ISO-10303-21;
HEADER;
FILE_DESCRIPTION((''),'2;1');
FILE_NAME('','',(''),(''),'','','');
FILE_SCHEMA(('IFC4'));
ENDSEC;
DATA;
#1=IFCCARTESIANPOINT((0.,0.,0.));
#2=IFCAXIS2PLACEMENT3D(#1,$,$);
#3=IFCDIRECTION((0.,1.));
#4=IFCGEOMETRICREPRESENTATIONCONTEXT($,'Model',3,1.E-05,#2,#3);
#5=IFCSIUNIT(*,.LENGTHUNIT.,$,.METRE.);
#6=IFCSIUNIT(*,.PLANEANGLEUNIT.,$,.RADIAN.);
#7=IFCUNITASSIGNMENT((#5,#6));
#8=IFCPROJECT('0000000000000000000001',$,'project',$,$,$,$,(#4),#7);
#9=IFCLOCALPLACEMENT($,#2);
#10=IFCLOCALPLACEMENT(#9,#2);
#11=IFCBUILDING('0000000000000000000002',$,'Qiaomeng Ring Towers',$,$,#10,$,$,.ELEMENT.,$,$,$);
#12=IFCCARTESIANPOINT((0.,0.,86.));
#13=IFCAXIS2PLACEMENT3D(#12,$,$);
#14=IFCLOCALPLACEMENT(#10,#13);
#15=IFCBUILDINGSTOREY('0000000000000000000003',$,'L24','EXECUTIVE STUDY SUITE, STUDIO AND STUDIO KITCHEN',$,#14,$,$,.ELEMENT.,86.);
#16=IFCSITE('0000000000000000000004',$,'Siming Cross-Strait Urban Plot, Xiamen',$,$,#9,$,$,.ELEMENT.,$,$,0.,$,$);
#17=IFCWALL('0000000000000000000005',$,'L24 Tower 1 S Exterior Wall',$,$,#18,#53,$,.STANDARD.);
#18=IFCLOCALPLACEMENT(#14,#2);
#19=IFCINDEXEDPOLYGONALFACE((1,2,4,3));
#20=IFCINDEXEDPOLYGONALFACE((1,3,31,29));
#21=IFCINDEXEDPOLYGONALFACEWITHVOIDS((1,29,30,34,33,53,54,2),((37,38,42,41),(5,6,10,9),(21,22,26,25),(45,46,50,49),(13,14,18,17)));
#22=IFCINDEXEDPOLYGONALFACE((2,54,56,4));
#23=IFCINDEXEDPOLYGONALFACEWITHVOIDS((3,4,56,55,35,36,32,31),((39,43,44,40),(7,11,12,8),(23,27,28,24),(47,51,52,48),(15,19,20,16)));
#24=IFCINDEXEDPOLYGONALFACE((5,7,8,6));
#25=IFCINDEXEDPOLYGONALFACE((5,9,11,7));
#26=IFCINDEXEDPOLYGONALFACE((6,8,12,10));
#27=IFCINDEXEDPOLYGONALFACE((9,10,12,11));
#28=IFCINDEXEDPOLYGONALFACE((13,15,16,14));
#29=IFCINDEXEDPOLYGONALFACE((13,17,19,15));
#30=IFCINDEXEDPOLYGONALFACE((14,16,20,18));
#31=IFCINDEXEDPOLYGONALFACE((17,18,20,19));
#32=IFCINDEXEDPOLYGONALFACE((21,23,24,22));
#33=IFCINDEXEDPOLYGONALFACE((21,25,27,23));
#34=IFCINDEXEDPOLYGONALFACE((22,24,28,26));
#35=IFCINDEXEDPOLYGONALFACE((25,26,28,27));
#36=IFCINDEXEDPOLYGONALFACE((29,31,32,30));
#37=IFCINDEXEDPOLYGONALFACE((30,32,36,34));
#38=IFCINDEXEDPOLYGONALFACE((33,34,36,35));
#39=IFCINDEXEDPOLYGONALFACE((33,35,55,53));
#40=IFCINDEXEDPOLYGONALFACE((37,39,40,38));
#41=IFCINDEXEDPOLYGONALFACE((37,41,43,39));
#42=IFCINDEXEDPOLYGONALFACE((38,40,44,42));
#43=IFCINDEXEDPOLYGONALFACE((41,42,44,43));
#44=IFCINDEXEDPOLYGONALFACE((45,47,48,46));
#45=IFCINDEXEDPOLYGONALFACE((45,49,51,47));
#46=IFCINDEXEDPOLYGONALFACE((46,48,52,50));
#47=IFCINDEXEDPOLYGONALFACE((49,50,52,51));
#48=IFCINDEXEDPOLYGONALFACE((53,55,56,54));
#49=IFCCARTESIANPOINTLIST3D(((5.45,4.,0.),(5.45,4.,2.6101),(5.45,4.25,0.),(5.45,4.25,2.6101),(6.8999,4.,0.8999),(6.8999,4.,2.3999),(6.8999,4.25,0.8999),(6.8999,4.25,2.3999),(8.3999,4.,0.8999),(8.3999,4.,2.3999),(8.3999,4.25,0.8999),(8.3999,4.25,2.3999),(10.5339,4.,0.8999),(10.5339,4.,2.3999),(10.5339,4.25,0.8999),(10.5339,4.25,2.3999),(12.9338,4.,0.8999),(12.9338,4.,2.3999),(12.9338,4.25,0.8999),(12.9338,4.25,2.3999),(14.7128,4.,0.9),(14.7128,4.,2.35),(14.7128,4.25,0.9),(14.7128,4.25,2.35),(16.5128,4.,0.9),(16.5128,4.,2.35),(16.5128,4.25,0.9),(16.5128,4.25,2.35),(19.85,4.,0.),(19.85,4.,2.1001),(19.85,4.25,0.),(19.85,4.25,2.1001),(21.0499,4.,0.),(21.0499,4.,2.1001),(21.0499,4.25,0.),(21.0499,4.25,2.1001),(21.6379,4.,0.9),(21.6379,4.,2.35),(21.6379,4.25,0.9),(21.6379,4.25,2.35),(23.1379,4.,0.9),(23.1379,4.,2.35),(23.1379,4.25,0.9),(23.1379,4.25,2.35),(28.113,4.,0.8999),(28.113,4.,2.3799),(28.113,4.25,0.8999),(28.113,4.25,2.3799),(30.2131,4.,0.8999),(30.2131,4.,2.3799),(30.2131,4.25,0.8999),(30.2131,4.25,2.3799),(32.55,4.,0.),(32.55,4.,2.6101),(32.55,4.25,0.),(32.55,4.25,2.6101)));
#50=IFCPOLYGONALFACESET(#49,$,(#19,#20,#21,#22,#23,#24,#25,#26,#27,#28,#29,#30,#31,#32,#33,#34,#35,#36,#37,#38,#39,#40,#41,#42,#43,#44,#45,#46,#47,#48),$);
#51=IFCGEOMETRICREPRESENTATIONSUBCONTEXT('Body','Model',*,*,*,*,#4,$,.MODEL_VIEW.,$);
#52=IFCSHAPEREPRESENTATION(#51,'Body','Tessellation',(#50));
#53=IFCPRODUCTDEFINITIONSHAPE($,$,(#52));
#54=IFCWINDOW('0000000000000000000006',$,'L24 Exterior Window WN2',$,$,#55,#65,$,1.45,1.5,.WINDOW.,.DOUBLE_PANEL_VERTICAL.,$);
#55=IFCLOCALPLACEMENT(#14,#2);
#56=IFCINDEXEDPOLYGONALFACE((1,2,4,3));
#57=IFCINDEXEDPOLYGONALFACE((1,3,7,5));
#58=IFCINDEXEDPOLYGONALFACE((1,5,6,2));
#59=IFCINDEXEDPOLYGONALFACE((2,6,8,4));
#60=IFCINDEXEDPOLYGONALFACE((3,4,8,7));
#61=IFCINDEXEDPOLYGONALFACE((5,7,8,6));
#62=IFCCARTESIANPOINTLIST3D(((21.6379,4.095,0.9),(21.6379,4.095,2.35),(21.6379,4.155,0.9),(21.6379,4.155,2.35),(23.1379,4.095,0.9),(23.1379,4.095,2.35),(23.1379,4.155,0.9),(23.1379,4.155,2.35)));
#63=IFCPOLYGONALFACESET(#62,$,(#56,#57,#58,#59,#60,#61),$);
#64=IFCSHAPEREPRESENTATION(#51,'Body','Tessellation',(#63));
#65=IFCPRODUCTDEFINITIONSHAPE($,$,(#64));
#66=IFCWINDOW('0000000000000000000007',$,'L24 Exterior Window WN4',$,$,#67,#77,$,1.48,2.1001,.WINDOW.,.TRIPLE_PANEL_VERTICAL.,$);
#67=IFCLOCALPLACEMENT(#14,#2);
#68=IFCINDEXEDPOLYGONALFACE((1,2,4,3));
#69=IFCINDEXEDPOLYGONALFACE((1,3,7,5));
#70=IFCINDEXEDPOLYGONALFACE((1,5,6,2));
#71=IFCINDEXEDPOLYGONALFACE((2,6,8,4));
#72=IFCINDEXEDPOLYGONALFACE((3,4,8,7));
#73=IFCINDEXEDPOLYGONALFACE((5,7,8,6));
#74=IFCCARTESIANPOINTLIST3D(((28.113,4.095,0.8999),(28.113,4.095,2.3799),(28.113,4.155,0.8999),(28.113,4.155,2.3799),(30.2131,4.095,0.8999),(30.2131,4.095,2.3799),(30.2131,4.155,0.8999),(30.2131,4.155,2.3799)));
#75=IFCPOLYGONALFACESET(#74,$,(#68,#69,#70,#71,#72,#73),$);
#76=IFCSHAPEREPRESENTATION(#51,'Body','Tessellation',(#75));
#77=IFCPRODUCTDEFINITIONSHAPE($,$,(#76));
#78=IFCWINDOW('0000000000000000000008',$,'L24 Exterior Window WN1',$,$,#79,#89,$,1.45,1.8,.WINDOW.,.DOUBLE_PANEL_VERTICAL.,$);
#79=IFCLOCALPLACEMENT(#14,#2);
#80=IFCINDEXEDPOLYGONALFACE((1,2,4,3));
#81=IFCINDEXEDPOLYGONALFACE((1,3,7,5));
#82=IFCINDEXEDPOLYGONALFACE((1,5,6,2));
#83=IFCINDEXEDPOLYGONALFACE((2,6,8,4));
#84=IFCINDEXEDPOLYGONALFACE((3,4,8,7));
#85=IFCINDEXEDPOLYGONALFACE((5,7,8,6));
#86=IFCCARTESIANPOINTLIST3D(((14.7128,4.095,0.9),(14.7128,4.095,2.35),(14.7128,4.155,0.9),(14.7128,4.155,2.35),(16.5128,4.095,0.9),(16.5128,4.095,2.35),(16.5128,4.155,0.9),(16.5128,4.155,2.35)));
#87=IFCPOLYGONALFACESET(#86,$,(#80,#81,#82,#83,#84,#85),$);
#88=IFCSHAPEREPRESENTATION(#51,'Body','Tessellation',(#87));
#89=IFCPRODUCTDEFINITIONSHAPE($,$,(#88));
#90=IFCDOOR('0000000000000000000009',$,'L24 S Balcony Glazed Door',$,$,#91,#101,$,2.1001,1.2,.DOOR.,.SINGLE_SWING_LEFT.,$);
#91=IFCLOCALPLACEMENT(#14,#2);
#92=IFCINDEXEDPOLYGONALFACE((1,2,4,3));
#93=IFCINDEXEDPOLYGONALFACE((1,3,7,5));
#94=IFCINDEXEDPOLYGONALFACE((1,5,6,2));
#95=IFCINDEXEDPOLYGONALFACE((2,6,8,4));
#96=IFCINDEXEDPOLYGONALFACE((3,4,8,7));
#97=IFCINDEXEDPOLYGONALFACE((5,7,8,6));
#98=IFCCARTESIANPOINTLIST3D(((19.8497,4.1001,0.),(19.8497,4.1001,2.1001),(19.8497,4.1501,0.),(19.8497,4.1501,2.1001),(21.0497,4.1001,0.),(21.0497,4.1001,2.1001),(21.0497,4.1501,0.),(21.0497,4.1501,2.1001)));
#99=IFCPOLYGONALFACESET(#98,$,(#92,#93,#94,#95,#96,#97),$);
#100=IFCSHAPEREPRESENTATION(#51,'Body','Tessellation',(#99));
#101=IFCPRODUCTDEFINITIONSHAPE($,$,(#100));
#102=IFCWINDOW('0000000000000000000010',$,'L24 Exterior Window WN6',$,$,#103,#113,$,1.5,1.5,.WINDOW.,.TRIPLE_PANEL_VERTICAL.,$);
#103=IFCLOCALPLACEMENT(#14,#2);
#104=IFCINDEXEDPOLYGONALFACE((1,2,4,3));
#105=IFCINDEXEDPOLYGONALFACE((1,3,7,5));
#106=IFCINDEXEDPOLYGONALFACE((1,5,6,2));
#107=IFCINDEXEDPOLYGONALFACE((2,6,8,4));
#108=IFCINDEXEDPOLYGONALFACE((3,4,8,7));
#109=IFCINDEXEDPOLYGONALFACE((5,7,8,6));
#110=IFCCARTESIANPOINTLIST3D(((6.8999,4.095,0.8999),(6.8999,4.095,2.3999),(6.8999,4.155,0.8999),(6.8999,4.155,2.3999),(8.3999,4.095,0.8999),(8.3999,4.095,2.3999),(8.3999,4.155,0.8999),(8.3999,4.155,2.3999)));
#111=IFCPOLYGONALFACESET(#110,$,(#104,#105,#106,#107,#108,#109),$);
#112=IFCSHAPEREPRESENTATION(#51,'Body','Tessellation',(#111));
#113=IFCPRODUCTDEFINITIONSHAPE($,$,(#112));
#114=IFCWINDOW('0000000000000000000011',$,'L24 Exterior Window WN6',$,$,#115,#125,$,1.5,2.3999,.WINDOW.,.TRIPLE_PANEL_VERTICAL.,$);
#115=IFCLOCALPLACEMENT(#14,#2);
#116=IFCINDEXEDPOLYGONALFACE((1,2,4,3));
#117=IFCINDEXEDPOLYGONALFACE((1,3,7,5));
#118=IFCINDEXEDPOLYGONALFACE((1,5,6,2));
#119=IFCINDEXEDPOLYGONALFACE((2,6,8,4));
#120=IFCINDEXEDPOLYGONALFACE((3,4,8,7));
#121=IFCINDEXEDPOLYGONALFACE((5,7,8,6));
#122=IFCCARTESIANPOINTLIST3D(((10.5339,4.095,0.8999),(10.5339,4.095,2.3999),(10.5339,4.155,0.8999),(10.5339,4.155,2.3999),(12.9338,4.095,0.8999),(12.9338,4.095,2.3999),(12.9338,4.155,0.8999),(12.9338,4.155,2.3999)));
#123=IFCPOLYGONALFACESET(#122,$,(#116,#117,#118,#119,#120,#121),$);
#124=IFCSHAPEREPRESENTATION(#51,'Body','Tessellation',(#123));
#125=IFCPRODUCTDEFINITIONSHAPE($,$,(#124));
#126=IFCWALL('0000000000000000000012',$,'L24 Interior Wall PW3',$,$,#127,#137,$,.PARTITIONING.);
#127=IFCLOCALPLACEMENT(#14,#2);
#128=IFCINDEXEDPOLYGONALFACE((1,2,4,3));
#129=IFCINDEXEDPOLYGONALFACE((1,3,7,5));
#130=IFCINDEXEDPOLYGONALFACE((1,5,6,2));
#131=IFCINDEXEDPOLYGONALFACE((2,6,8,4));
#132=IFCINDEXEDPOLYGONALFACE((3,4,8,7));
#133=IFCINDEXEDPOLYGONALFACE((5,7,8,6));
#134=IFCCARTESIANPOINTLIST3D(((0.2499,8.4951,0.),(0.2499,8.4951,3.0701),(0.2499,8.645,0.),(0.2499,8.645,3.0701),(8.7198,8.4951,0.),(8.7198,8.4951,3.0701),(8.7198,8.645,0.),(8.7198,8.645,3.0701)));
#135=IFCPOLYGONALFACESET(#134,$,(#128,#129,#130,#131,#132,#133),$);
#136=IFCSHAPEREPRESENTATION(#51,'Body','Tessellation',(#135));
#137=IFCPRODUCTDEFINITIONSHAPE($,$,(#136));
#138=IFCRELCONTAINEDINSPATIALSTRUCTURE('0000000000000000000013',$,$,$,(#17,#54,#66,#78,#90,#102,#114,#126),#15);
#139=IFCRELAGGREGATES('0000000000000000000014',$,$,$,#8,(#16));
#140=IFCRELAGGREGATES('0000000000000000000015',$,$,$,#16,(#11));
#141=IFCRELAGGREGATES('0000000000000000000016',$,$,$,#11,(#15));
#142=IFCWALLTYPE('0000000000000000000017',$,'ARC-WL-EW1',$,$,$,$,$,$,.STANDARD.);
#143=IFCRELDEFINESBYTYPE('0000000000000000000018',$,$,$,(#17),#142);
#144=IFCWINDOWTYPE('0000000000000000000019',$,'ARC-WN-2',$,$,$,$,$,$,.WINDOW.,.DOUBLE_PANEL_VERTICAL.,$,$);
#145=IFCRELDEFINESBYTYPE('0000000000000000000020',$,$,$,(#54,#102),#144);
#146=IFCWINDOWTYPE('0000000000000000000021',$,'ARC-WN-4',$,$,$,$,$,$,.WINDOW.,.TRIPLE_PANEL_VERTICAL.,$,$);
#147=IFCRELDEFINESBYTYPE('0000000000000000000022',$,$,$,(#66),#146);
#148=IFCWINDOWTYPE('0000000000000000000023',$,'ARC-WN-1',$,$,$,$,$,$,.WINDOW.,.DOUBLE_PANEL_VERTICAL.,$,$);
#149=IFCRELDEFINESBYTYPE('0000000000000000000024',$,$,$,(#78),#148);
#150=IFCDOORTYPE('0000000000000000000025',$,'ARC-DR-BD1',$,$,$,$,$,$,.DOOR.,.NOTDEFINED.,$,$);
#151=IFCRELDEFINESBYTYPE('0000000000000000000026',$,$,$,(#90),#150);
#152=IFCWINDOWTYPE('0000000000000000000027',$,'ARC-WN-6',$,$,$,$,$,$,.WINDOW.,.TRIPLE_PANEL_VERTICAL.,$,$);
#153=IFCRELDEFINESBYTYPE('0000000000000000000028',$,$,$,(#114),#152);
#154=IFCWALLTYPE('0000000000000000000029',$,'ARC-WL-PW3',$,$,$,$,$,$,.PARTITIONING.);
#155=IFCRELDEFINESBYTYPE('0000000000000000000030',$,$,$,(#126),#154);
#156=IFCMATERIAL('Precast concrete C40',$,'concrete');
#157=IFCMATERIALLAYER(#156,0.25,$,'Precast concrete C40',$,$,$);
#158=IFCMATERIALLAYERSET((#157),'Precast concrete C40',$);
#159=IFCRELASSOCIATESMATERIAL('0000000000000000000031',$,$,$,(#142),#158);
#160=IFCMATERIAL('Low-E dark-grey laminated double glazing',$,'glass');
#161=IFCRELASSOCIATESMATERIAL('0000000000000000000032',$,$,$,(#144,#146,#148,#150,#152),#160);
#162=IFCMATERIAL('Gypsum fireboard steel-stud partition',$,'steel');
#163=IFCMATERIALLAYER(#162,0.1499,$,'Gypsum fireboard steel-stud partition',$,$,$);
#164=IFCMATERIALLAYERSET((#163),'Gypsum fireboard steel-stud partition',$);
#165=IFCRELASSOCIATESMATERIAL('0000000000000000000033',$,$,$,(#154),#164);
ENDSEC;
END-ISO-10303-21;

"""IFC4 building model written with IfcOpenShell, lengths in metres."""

from ifc_helpers import new_model, si_unit, direction, frame, frame_2d, origin, place, context, subcontext, project, spatial, rectangle, extrude, source, transform, mapped, material, layer, layer_set, type_object, element, fill, save


model = new_model("IFC4")

# Units and contexts
model_context = context("Model", 3, precision=1e-05, world=origin(), true_north=direction((0.0, 1.0)))
body_context = subcontext(model_context, "Body", "Model", "MODEL_VIEW")
ifc_project = project(units=[si_unit("LENGTHUNIT", "METRE"), si_unit("PLANEANGLEUNIT", "RADIAN")], contexts=[model_context])

# Site, building, storey
site_placement = place(None, origin())
site = spatial("IfcSite", under=ifc_project, at=site_placement, Name="Siming Cross-Strait Urban Plot, Xiamen", CompositionType="ELEMENT", RefElevation=0.0)
building_placement = place(site_placement, origin())
building = spatial("IfcBuilding", under=site, at=building_placement, Name="Qiaomeng Ring Towers", CompositionType="ELEMENT")
storey_placement = place(building_placement, frame((0.0, 0.0, 86.0)))
storey = spatial("IfcBuildingStorey", under=building, at=storey_placement, Name="L24", Description="EXECUTIVE STUDY SUITE, STUDIO AND STUDIO KITCHEN", CompositionType="ELEMENT", Elevation=86.0)

# Shared definitions
ifc_material_1 = material(Name="Low-E dark-grey laminated double glazing", Category="glass")

# Wall, openings, windows, door
ifc_material_2 = material(Name="Precast concrete C40", Category="concrete")
ifc_layer_1 = layer(ifc_material_2, 0.25, Name="Precast concrete C40")
ifc_layer_set_1 = layer_set([ifc_layer_1], Name="Precast concrete C40")
wall_type_1 = type_object("IfcWallType", Name="ARC-WL-EW1", PredefinedType="STANDARD", material=ifc_layer_set_1)
wall_1_placement = place(storey_placement, frame((5.45, 4.125, 0.0), z_axis=(0.0, 0.0, 1.0), x_axis=(1.0, 0.0, 0.0)))
wall_1 = element("IfcWall", 1, at=wall_1_placement, inside=storey, type_object=wall_type_1, Name="L24 Tower 1 S Exterior Wall", PredefinedType="STANDARD", context=body_context, shape_type="SweptSolid", body=[
    extrude(rectangle(XDim=27.1001, YDim=0.25, at=frame_2d((13.55, 0.0))), origin(), (0.0, 0.0, 1.0), 2.6101),
])
opening_1_placement = place(wall_1_placement, frame((14.3999, 0.0, 0.0)))
opening_1 = element("IfcOpeningElement", 2, at=opening_1_placement, cuts=wall_1, PredefinedType="OPENING", context=body_context, shape_type="SweptSolid", body=[
    extrude(rectangle(XDim=1.2, YDim=2.1001, at=frame_2d((0.6001, 1.05))), frame((0.0, 0.135, 0.0), z_axis=(0.0, -1.0, 0.0), x_axis=(1.0, 0.0, 0.0)), (0.0, 0.0, 1.0), 0.27),
])
opening_2_placement = place(wall_1_placement, frame((1.45, 0.0, 0.8999)))
opening_2 = element("IfcOpeningElement", 3, at=opening_2_placement, cuts=wall_1, PredefinedType="OPENING", context=body_context, shape_type="SweptSolid", body=[
    extrude(rectangle(XDim=1.5, YDim=1.5, at=frame_2d((0.75, 0.75))), frame((0.0, 0.135, 0.0), z_axis=(0.0, -1.0, 0.0), x_axis=(1.0, 0.0, 0.0)), (0.0, 0.0, 1.0), 0.27),
])
opening_3_placement = place(wall_1_placement, frame((9.2629, 0.0, 0.8999)))
opening_3 = element("IfcOpeningElement", 4, at=opening_3_placement, cuts=wall_1, PredefinedType="OPENING", context=body_context, shape_type="SweptSolid", body=[
    extrude(rectangle(XDim=1.8, YDim=1.45, at=frame_2d((0.8999, 0.7251))), frame((0.0, 0.135, 0.0), z_axis=(0.0, -1.0, 0.0), x_axis=(1.0, 0.0, 0.0)), (0.0, 0.0, 1.0), 0.27),
])
opening_4_placement = place(wall_1_placement, frame((16.188, 0.0, 0.8999)))
opening_4 = element("IfcOpeningElement", 5, at=opening_4_placement, cuts=wall_1, PredefinedType="OPENING", context=body_context, shape_type="SweptSolid", body=[
    extrude(rectangle(XDim=1.5, YDim=1.45, at=frame_2d((0.75, 0.7251))), frame((0.0, 0.135, 0.0), z_axis=(0.0, -1.0, 0.0), x_axis=(1.0, 0.0, 0.0)), (0.0, 0.0, 1.0), 0.27),
])
opening_5_placement = place(wall_1_placement, frame((22.6631, 0.0, 0.8999)))
opening_5 = element("IfcOpeningElement", 6, at=opening_5_placement, cuts=wall_1, PredefinedType="OPENING", context=body_context, shape_type="SweptSolid", body=[
    extrude(rectangle(XDim=2.1001, YDim=1.48, at=frame_2d((1.05, 0.74))), frame((0.0, 0.135, 0.0), z_axis=(0.0, -1.0, 0.0), x_axis=(1.0, 0.0, 0.0)), (0.0, 0.0, 1.0), 0.27),
])
opening_6_placement = place(wall_1_placement, frame((5.084, 0.0, 0.8999)))
opening_6 = element("IfcOpeningElement", 7, at=opening_6_placement, cuts=wall_1, PredefinedType="OPENING", context=body_context, shape_type="SweptSolid", body=[
    extrude(rectangle(XDim=2.3999, YDim=1.5, at=frame_2d((1.2, 0.75))), frame((0.0, 0.135, 0.0), z_axis=(0.0, -1.0, 0.0), x_axis=(1.0, 0.0, 0.0)), (0.0, 0.0, 1.0), 0.27),
])
window_type_1 = type_object("IfcWindowType", Name="ARC-WN-2", PartitioningType="DOUBLE_PANEL_VERTICAL", PredefinedType="WINDOW", material=ifc_material_1)
shared_shape_1 = source(origin(), body_context, "Body", "SweptSolid", [
    extrude(rectangle(XDim=1.5, YDim=1.45, at=frame_2d((0.75, 0.7251))), frame((0.0, 0.03, 0.0), z_axis=(0.0, -1.0, 0.0), x_axis=(1.0, 0.0, 0.0)), (0.0, 0.0, 1.0), 0.0601),
])
window_1_placement = place(opening_4_placement, origin())
window_1 = element("IfcWindow", 8, at=window_1_placement, inside=storey, type_object=window_type_1, Name="L24 Exterior Window WN2", OverallHeight=1.45, OverallWidth=1.5, PartitioningType="DOUBLE_PANEL_VERTICAL", PredefinedType="WINDOW", context=body_context, shape_type="MappedRepresentation", body=[
    mapped(shared_shape_1, transform((0.0, 0.0, 0.0), x_axis=(1.0, 0.0, 0.0), y_axis=(0.0, 1.0, 0.0), z_axis=(0.0, 0.0, 1.0), scale=1.0)),
])
fill(opening_4, window_1)
window_type_2 = type_object("IfcWindowType", Name="ARC-WN-4", PartitioningType="TRIPLE_PANEL_VERTICAL", PredefinedType="WINDOW", material=ifc_material_1)
shared_shape_2 = source(origin(), body_context, "Body", "SweptSolid", [
    extrude(rectangle(XDim=2.1001, YDim=1.48, at=frame_2d((1.05, 0.74))), frame((0.0, 0.03, 0.0), z_axis=(0.0, -1.0, 0.0), x_axis=(1.0, 0.0, 0.0)), (0.0, 0.0, 1.0), 0.0601),
])
window_2_placement = place(opening_5_placement, origin())
window_2 = element("IfcWindow", 9, at=window_2_placement, inside=storey, type_object=window_type_2, Name="L24 Exterior Window WN4", OverallHeight=1.48, OverallWidth=2.1001, PartitioningType="TRIPLE_PANEL_VERTICAL", PredefinedType="WINDOW", context=body_context, shape_type="MappedRepresentation", body=[
    mapped(shared_shape_2, transform((0.0, 0.0, 0.0), x_axis=(1.0, 0.0, 0.0), y_axis=(0.0, 1.0, 0.0), z_axis=(0.0, 0.0, 1.0), scale=1.0)),
])
fill(opening_5, window_2)
window_type_3 = type_object("IfcWindowType", Name="ARC-WN-1", PartitioningType="DOUBLE_PANEL_VERTICAL", PredefinedType="WINDOW", material=ifc_material_1)
shared_shape_3 = source(origin(), body_context, "Body", "SweptSolid", [
    extrude(rectangle(XDim=1.8, YDim=1.45, at=frame_2d((0.8999, 0.7251))), frame((0.0, 0.03, 0.0), z_axis=(0.0, -1.0, 0.0), x_axis=(1.0, 0.0, 0.0)), (0.0, 0.0, 1.0), 0.0601),
])
window_3_placement = place(opening_3_placement, origin())
window_3 = element("IfcWindow", 10, at=window_3_placement, inside=storey, type_object=window_type_3, Name="L24 Exterior Window WN1", OverallHeight=1.45, OverallWidth=1.8, PartitioningType="DOUBLE_PANEL_VERTICAL", PredefinedType="WINDOW", context=body_context, shape_type="MappedRepresentation", body=[
    mapped(shared_shape_3, transform((0.0, 0.0, 0.0), x_axis=(1.0, 0.0, 0.0), y_axis=(0.0, 1.0, 0.0), z_axis=(0.0, 0.0, 1.0), scale=1.0)),
])
fill(opening_3, window_3)
door_type = type_object("IfcDoorType", Name="ARC-DR-BD1", OperationType="NOTDEFINED", PredefinedType="DOOR", material=ifc_material_1)
shared_shape_4 = source(origin(), body_context, "Body", "SweptSolid", [
    extrude(rectangle(XDim=1.2, YDim=2.1001, at=frame_2d((0.6001, 1.05))), frame((0.0, 0.0249, 0.0), z_axis=(0.0, -1.0, 0.0), x_axis=(1.0, 0.0, 0.0)), (0.0, 0.0, 1.0), 0.05),
])
door_placement = place(opening_1_placement, frame((1.2, 0.0, 0.0), z_axis=(0.0, 0.0, 1.0), x_axis=(-1.0, 0.0, 0.0)))
door = element("IfcDoor", 11, at=door_placement, inside=storey, type_object=door_type, Name="L24 S Balcony Glazed Door", OperationType="SINGLE_SWING_LEFT", OverallHeight=2.1001, OverallWidth=1.2, PredefinedType="DOOR", context=body_context, shape_type="MappedRepresentation", body=[
    mapped(shared_shape_4, transform((0.0, 0.0, 0.0), x_axis=(1.0, 0.0, 0.0), y_axis=(0.0, 1.0, 0.0), z_axis=(0.0, 0.0, 1.0), scale=1.0)),
])
fill(opening_1, door)
shared_shape_5 = source(origin(), body_context, "Body", "SweptSolid", [
    extrude(rectangle(XDim=1.5, YDim=1.5, at=frame_2d((0.75, 0.75))), frame((0.0, 0.03, 0.0), z_axis=(0.0, -1.0, 0.0), x_axis=(1.0, 0.0, 0.0)), (0.0, 0.0, 1.0), 0.0601),
])
window_4_placement = place(opening_2_placement, origin())
window_4 = element("IfcWindow", 12, at=window_4_placement, inside=storey, type_object=window_type_1, Name="L24 Exterior Window WN6", OverallHeight=1.5, OverallWidth=1.5, PartitioningType="TRIPLE_PANEL_VERTICAL", PredefinedType="WINDOW", context=body_context, shape_type="MappedRepresentation", body=[
    mapped(shared_shape_5, transform((0.0, 0.0, 0.0), x_axis=(1.0, 0.0, 0.0), y_axis=(0.0, 1.0, 0.0), z_axis=(0.0, 0.0, 1.0), scale=1.0)),
])
fill(opening_2, window_4)
window_type_4 = type_object("IfcWindowType", Name="ARC-WN-6", PartitioningType="TRIPLE_PANEL_VERTICAL", PredefinedType="WINDOW", material=ifc_material_1)
shared_shape_6 = source(origin(), body_context, "Body", "SweptSolid", [
    extrude(rectangle(XDim=2.3999, YDim=1.5, at=frame_2d((1.2, 0.75))), frame((0.0, 0.03, 0.0), z_axis=(0.0, -1.0, 0.0), x_axis=(1.0, 0.0, 0.0)), (0.0, 0.0, 1.0), 0.0601),
])
window_5_placement = place(opening_6_placement, origin())
window_5 = element("IfcWindow", 13, at=window_5_placement, inside=storey, type_object=window_type_4, Name="L24 Exterior Window WN6", OverallHeight=1.5, OverallWidth=2.3999, PartitioningType="TRIPLE_PANEL_VERTICAL", PredefinedType="WINDOW", context=body_context, shape_type="MappedRepresentation", body=[
    mapped(shared_shape_6, transform((0.0, 0.0, 0.0), x_axis=(1.0, 0.0, 0.0), y_axis=(0.0, 1.0, 0.0), z_axis=(0.0, 0.0, 1.0), scale=1.0)),
])
fill(opening_6, window_5)

# Wall
ifc_material_3 = material(Name="Gypsum fireboard steel-stud partition", Category="steel")
ifc_layer_2 = layer(ifc_material_3, 0.1499, Name="Gypsum fireboard steel-stud partition")
ifc_layer_set_2 = layer_set([ifc_layer_2], Name="Gypsum fireboard steel-stud partition")
wall_type_2 = type_object("IfcWallType", Name="ARC-WL-PW3", PredefinedType="PARTITIONING", material=ifc_layer_set_2)
wall_2_placement = place(storey_placement, frame((0.25, 8.5701, 0.0), z_axis=(0.0, 0.0, 1.0), x_axis=(1.0, 0.0, 0.0)))
element("IfcWall", 14, at=wall_2_placement, inside=storey, type_object=wall_type_2, Name="L24 Interior Wall PW3", PredefinedType="PARTITIONING", context=body_context, shape_type="SweptSolid", body=[
    extrude(rectangle(XDim=8.47, YDim=0.1499, at=frame_2d((4.2349, 0.0))), origin(), (0.0, 0.0, 1.0), 3.0701),
])

save(model, "model.ifc")
